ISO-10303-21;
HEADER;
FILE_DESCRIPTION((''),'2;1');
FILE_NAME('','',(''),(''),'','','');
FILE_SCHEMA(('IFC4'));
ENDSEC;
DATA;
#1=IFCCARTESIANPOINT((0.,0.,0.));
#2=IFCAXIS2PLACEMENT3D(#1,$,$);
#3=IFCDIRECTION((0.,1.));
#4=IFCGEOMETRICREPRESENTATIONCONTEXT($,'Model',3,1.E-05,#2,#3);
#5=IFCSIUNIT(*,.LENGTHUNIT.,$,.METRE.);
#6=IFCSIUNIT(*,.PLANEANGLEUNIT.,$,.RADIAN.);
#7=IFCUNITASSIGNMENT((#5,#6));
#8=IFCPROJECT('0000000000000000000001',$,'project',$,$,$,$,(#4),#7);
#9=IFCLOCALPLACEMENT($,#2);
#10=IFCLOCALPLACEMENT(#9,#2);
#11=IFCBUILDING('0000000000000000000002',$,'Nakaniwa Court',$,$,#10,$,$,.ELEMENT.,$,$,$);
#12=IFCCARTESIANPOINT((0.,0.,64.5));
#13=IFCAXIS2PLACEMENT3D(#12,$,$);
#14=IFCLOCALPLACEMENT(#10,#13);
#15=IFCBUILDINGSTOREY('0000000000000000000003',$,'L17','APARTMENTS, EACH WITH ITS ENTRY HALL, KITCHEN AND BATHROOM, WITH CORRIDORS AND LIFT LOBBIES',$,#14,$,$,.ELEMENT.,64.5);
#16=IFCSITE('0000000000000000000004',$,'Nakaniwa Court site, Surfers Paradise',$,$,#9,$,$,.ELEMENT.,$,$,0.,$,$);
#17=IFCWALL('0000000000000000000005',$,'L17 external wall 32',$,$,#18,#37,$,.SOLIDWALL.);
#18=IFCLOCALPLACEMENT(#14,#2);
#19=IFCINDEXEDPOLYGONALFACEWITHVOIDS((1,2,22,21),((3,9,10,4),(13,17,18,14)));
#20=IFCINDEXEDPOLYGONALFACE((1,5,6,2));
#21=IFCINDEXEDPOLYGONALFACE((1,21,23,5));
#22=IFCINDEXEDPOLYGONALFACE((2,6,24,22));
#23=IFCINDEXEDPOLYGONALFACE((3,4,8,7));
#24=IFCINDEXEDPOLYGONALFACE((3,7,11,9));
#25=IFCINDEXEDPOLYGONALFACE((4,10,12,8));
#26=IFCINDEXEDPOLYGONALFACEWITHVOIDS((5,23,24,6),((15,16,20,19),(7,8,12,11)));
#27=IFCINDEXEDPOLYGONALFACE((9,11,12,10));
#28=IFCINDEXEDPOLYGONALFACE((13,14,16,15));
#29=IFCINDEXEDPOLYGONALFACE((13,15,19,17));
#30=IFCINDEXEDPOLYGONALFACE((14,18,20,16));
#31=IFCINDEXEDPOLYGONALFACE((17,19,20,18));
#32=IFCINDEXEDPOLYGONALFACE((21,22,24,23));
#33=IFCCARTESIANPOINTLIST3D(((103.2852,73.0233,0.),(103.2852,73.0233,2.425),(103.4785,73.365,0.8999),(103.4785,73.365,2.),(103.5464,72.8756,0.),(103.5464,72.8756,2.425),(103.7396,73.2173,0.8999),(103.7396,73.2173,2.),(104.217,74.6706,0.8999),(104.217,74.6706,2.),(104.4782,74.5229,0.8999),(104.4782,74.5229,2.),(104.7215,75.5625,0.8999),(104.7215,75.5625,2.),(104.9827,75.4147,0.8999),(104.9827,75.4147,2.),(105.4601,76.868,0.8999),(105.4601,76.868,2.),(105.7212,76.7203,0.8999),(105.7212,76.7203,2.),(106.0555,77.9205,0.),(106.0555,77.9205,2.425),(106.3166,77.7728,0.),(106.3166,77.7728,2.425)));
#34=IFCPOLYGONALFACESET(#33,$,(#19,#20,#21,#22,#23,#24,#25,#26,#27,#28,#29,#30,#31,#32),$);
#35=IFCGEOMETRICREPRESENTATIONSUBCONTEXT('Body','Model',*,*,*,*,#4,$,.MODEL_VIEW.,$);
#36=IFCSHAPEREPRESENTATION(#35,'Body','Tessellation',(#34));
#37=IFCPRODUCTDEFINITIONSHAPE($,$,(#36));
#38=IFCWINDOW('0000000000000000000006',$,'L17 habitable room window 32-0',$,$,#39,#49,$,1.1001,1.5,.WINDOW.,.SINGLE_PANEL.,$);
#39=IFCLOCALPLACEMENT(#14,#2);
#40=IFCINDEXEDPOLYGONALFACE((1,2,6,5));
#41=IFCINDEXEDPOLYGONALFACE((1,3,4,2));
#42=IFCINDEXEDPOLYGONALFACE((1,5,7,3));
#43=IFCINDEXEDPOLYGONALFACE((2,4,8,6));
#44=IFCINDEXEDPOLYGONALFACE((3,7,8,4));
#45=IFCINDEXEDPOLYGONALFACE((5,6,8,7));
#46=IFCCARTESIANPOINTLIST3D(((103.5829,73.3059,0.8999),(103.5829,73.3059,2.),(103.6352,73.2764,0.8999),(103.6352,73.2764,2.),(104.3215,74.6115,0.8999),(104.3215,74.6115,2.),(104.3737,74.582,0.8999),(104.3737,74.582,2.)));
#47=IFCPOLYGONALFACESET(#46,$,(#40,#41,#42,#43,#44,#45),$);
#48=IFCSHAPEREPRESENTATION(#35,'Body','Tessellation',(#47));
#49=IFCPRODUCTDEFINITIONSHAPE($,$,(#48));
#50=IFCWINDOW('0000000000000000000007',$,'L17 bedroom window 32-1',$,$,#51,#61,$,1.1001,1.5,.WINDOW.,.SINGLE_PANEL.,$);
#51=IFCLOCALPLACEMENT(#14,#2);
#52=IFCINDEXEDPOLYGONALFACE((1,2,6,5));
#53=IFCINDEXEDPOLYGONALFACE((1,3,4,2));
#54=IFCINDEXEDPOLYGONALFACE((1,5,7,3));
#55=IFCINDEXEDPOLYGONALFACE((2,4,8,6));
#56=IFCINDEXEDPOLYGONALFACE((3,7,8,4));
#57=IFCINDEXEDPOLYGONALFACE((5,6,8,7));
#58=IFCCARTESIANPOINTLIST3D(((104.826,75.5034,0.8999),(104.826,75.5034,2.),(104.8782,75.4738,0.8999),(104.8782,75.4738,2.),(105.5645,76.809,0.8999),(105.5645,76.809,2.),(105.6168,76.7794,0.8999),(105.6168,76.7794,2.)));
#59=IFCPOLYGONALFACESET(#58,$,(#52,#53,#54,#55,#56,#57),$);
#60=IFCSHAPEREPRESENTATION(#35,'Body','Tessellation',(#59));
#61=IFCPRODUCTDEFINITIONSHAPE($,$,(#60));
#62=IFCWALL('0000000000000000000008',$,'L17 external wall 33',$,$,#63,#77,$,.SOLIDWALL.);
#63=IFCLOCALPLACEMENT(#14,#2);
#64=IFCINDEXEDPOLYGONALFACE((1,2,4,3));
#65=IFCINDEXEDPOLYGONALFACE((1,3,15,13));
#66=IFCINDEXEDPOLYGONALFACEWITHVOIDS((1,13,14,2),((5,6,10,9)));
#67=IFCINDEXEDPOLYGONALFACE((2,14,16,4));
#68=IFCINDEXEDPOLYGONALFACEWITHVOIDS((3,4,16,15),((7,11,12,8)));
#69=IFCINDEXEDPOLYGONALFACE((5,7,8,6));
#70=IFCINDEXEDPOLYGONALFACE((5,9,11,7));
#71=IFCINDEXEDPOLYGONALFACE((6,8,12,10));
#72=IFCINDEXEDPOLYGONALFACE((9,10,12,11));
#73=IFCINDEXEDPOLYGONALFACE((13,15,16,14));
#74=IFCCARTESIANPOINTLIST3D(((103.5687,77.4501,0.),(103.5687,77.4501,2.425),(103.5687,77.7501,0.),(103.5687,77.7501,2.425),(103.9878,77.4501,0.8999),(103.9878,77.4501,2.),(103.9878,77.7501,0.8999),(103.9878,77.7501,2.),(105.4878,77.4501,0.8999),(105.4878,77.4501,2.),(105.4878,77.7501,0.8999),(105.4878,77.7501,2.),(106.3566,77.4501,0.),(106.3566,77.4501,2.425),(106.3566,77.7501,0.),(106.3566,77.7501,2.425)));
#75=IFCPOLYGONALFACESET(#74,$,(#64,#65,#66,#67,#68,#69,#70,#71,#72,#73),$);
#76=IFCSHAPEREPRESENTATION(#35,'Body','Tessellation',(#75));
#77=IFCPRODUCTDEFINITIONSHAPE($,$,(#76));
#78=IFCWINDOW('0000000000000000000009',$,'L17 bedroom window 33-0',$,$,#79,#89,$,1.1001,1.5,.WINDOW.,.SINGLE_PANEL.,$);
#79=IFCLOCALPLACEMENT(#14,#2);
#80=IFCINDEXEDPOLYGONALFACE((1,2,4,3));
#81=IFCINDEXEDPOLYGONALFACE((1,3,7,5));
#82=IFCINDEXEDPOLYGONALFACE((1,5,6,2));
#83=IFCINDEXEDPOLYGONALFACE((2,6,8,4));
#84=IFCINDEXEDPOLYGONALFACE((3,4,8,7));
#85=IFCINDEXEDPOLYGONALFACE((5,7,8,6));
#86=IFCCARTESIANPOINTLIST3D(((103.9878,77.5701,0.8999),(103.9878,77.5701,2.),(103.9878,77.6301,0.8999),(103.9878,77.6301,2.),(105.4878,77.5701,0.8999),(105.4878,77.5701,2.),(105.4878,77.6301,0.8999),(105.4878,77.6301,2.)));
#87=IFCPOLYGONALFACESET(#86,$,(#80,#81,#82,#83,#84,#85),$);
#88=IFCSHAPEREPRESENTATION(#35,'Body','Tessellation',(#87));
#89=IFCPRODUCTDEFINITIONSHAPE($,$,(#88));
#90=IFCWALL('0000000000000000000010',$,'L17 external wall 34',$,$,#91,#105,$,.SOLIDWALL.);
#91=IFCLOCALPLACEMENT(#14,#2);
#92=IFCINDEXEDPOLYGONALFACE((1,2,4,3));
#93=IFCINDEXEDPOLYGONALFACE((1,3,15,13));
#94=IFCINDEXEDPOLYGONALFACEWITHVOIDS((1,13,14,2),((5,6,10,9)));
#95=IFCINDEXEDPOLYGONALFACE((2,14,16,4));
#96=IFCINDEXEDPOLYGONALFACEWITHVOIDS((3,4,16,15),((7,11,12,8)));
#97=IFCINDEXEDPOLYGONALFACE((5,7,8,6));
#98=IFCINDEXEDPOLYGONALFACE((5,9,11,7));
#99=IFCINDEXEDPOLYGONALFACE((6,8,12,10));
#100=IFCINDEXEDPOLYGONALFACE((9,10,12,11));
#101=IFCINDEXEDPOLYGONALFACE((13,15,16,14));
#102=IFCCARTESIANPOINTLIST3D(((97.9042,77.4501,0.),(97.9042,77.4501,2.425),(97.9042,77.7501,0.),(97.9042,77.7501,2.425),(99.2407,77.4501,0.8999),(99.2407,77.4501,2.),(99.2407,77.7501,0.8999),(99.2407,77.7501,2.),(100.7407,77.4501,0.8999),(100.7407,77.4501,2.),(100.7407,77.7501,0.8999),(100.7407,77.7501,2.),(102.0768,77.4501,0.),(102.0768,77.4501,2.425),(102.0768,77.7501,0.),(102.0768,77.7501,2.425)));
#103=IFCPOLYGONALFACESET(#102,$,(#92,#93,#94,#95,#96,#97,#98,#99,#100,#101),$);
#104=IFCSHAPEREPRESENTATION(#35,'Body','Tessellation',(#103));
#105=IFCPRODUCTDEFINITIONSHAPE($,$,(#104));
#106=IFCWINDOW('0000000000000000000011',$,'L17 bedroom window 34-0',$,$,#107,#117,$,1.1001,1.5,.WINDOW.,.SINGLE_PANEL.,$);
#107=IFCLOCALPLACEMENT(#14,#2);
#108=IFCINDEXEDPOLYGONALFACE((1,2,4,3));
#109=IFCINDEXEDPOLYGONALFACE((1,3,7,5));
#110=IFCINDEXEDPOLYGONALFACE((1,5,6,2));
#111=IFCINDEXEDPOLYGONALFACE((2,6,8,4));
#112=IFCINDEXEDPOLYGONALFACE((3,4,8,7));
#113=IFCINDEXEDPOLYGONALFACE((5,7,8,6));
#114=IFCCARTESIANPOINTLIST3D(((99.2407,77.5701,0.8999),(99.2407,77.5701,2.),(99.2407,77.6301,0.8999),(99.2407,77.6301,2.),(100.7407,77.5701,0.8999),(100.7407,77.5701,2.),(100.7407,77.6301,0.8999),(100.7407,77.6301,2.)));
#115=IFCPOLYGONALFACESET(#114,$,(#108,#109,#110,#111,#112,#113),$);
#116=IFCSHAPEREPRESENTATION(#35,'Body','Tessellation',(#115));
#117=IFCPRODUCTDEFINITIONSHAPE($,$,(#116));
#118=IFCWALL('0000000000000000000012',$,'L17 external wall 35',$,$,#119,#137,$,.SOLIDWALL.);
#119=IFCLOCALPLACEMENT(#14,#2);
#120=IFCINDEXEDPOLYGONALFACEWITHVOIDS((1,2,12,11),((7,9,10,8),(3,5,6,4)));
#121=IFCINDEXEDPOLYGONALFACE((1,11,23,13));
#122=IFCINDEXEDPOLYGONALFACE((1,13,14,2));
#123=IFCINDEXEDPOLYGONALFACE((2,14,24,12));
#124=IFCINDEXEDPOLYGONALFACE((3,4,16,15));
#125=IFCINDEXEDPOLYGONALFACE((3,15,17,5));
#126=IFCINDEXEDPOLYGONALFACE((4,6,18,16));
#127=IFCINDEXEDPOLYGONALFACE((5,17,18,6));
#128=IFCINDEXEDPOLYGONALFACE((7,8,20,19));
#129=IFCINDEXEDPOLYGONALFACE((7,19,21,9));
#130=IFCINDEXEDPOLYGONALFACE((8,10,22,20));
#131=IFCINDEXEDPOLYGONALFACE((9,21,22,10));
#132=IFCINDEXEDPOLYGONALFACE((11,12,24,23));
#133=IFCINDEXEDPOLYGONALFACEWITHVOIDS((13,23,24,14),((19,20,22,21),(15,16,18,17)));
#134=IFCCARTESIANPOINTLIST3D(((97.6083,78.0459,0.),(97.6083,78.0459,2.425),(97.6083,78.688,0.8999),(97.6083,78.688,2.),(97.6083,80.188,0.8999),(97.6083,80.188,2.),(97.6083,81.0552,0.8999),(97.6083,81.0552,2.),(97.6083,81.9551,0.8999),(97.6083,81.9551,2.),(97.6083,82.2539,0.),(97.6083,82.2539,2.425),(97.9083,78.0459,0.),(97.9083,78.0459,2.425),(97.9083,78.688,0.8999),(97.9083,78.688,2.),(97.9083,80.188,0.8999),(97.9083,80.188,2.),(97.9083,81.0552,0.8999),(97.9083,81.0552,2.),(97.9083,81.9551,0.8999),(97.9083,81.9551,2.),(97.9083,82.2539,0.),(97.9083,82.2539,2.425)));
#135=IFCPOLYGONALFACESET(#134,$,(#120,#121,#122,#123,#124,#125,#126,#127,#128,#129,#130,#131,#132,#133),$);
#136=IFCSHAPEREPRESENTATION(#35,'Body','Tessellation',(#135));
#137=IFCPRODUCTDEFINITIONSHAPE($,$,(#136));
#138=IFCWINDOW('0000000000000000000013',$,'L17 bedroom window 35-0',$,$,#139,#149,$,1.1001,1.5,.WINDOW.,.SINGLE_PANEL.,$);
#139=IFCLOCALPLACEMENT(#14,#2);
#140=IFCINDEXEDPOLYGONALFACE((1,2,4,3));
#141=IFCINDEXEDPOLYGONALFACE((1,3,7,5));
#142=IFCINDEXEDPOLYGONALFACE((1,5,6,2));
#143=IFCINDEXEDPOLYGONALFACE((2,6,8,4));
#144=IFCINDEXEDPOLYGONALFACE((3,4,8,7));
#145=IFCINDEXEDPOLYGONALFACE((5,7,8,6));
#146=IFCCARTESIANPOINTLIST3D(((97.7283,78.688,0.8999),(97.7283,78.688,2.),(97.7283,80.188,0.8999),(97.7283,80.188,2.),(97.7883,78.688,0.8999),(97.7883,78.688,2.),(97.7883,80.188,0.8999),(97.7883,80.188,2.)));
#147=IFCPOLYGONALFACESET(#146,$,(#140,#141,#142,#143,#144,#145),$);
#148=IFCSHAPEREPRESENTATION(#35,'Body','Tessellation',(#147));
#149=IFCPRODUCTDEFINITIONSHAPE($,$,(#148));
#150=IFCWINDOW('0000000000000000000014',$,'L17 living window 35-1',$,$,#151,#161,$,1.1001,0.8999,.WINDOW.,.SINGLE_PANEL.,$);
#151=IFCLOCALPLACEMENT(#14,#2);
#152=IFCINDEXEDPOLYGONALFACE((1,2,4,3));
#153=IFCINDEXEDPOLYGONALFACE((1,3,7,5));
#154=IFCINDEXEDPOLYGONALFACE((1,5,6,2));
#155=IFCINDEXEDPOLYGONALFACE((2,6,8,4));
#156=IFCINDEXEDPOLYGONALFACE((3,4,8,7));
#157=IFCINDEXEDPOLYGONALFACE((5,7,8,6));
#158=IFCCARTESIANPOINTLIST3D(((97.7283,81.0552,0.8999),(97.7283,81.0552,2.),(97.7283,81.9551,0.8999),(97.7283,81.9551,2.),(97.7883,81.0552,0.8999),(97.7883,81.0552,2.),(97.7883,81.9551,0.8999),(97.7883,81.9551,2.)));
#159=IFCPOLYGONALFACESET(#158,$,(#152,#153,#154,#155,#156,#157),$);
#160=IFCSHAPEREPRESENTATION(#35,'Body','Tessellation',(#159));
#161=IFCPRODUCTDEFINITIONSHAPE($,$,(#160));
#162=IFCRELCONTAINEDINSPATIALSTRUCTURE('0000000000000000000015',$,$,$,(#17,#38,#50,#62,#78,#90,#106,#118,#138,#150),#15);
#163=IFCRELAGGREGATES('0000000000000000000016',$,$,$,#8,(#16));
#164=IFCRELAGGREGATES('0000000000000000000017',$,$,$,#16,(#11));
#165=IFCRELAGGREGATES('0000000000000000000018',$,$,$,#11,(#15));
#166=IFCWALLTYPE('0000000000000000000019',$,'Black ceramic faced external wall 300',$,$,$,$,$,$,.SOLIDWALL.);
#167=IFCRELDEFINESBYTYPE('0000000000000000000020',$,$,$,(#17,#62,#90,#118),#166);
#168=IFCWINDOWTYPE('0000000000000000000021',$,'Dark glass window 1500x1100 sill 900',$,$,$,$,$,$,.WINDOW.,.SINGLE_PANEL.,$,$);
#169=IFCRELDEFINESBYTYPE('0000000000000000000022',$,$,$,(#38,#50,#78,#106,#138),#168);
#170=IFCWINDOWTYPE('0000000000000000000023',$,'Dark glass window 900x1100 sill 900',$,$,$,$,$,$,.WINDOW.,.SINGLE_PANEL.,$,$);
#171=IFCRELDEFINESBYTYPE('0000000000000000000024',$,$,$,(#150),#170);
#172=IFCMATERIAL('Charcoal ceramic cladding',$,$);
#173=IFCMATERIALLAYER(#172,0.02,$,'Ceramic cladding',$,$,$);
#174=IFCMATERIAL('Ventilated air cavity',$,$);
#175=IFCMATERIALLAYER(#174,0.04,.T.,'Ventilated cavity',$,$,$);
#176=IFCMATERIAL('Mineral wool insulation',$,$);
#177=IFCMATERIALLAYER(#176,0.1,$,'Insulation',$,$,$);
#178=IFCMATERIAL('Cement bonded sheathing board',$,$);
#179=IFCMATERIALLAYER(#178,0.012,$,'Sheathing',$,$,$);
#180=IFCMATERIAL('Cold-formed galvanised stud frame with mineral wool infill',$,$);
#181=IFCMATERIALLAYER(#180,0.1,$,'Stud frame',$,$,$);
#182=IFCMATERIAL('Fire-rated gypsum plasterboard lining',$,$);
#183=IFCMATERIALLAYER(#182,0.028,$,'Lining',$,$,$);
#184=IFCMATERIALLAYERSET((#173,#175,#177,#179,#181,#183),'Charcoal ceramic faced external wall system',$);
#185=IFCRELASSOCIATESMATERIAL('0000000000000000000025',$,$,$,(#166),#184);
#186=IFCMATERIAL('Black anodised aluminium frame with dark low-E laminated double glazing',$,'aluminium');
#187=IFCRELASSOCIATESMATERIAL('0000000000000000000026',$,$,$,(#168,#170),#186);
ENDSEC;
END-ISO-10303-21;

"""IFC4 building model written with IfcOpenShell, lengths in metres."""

from ifc_helpers import new_model, si_unit, direction, frame, frame_2d, origin, place, context, subcontext, project, spatial, rectangle, extrude, material, layer, layer_set, type_object, element, fill, save


model = new_model("IFC4")

# Units and contexts
model_context = context("Model", 3, precision=1e-05, world=origin(), true_north=direction((0.0, 1.0)))
body_context = subcontext(model_context, "Body", "Model", "MODEL_VIEW")
ifc_project = project(units=[si_unit("LENGTHUNIT", "METRE"), si_unit("PLANEANGLEUNIT", "RADIAN")], contexts=[model_context])

# Site, building, storey
site_placement = place(None, origin())
site = spatial("IfcSite", under=ifc_project, at=site_placement, Name="Nakaniwa Court site, Surfers Paradise", CompositionType="ELEMENT", RefElevation=0.0)
building_placement = place(site_placement, origin())
building = spatial("IfcBuilding", under=site, at=building_placement, Name="Nakaniwa Court", CompositionType="ELEMENT")
storey_placement = place(building_placement, frame((0.0, 0.0, 64.5)))
storey = spatial("IfcBuildingStorey", under=building, at=storey_placement, Name="L17", Description="APARTMENTS, EACH WITH ITS ENTRY HALL, KITCHEN AND BATHROOM, WITH CORRIDORS AND LIFT LOBBIES", CompositionType="ELEMENT", Elevation=64.5)

# Shared definitions
ifc_material_1 = material(Name="Charcoal ceramic cladding")
ifc_layer_1 = layer(ifc_material_1, 0.02, Name="Ceramic cladding")
ifc_material_2 = material(Name="Ventilated air cavity")
ifc_layer_2 = layer(ifc_material_2, 0.04, ventilated=True, Name="Ventilated cavity")
ifc_material_3 = material(Name="Mineral wool insulation")
ifc_layer_3 = layer(ifc_material_3, 0.1, Name="Insulation")
ifc_material_4 = material(Name="Cement bonded sheathing board")
ifc_layer_4 = layer(ifc_material_4, 0.012, Name="Sheathing")
ifc_material_5 = material(Name="Cold-formed galvanised stud frame with mineral wool infill")
ifc_layer_5 = layer(ifc_material_5, 0.1, Name="Stud frame")
ifc_material_6 = material(Name="Fire-rated gypsum plasterboard lining")
ifc_layer_6 = layer(ifc_material_6, 0.028, Name="Lining")
ifc_layer_set = layer_set([ifc_layer_1, ifc_layer_2, ifc_layer_3, ifc_layer_4, ifc_layer_5, ifc_layer_6], Name="Charcoal ceramic faced external wall system")
wall_type = type_object("IfcWallType", Name="Black ceramic faced external wall 300", PredefinedType="SOLIDWALL", material=ifc_layer_set)
ifc_material_7 = material(Name="Black anodised aluminium frame with dark low-E laminated double glazing", Category="aluminium")

# Wall, openings, windows
window_type_1 = type_object("IfcWindowType", Name="Dark glass window 1500x1100 sill 900", PartitioningType="SINGLE_PANEL", PredefinedType="WINDOW", material=ifc_material_7)
wall_1_placement = place(storey_placement, frame((103.4158, 72.9495, 0.0), z_axis=(0.0, 0.0, 1.0), x_axis=(0.492363, 0.87039, 0.0)))
wall_1 = element("IfcWall", 1, at=wall_1_placement, inside=storey, type_object=wall_type, Name="L17 external wall 32", PredefinedType="SOLIDWALL", context=body_context, shape_type="SweptSolid", body=[
    extrude(rectangle(XDim=5.6265, YDim=0.3, at=frame_2d((2.8132, 0.0))), origin(), (0.0, 0.0, 1.0), 2.425),
])
opening_1_placement = place(wall_1_placement, frame((0.3926, 0.0, 0.8999)))
opening_1 = element("IfcOpeningElement", 2, at=opening_1_placement, cuts=wall_1, PredefinedType="OPENING", context=body_context, shape_type="SweptSolid", body=[
    extrude(rectangle(XDim=1.5, YDim=1.1001, at=frame_2d((0.75, 0.55))), frame((0.0, 0.1599, 0.0), z_axis=(0.0, -1.0, 0.0), x_axis=(1.0, 0.0, 0.0)), (0.0, 0.0, 1.0), 0.3201),
])
opening_2_placement = place(wall_1_placement, frame((2.9172, 0.0, 0.8999)))
opening_2 = element("IfcOpeningElement", 3, at=opening_2_placement, cuts=wall_1, PredefinedType="OPENING", context=body_context, shape_type="SweptSolid", body=[
    extrude(rectangle(XDim=1.5, YDim=1.1001, at=frame_2d((0.75, 0.55))), frame((0.0, 0.1599, 0.0), z_axis=(0.0, -1.0, 0.0), x_axis=(1.0, 0.0, 0.0)), (0.0, 0.0, 1.0), 0.3201),
])
window_1_placement = place(opening_1_placement, origin())
window_1 = element("IfcWindow", 4, at=window_1_placement, inside=storey, type_object=window_type_1, Name="L17 habitable room window 32-0", OverallHeight=1.1001, OverallWidth=1.5, PartitioningType="SINGLE_PANEL", PredefinedType="WINDOW", context=body_context, shape_type="SweptSolid", body=[
    extrude(rectangle(XDim=1.5, YDim=1.1001, at=frame_2d((0.75, 0.55))), frame((0.0, 0.03, 0.0), z_axis=(0.0, -1.0, 0.0), x_axis=(1.0, 0.0, 0.0)), (0.0, 0.0, 1.0), 0.0601),
])
fill(opening_1, window_1)
window_2_placement = place(opening_2_placement, origin())
window_2 = element("IfcWindow", 5, at=window_2_placement, inside=storey, type_object=window_type_1, Name="L17 bedroom window 32-1", OverallHeight=1.1001, OverallWidth=1.5, PartitioningType="SINGLE_PANEL", PredefinedType="WINDOW", context=body_context, shape_type="SweptSolid", body=[
    extrude(rectangle(XDim=1.5, YDim=1.1001, at=frame_2d((0.75, 0.55))), frame((0.0, 0.03, 0.0), z_axis=(0.0, -1.0, 0.0), x_axis=(1.0, 0.0, 0.0)), (0.0, 0.0, 1.0), 0.0601),
])
fill(opening_2, window_2)

# Walls, openings, windows
wall_2_placement = place(storey_placement, frame((106.3567, 77.6001, 0.0), z_axis=(0.0, 0.0, 1.0), x_axis=(-1.0, 0.0, 0.0)))
wall_2 = element("IfcWall", 6, at=wall_2_placement, inside=storey, type_object=wall_type, Name="L17 external wall 33", PredefinedType="SOLIDWALL", context=body_context, shape_type="SweptSolid", body=[
    extrude(rectangle(XDim=2.7878, YDim=0.3, at=frame_2d((1.394, 0.0))), origin(), (0.0, 0.0, 1.0), 2.425),
])
opening_3_placement = place(wall_2_placement, frame((0.8689, 0.0, 0.8999)))
opening_3 = element("IfcOpeningElement", 7, at=opening_3_placement, cuts=wall_2, PredefinedType="OPENING", context=body_context, shape_type="SweptSolid", body=[
    extrude(rectangle(XDim=1.5, YDim=1.1001, at=frame_2d((0.75, 0.55))), frame((0.0, 0.1599, 0.0), z_axis=(0.0, -1.0, 0.0), x_axis=(1.0, 0.0, 0.0)), (0.0, 0.0, 1.0), 0.3201),
])
window_3_placement = place(opening_3_placement, origin())
window_3 = element("IfcWindow", 8, at=window_3_placement, inside=storey, type_object=window_type_1, Name="L17 bedroom window 33-0", OverallHeight=1.1001, OverallWidth=1.5, PartitioningType="SINGLE_PANEL", PredefinedType="WINDOW", context=body_context, shape_type="SweptSolid", body=[
    extrude(rectangle(XDim=1.5, YDim=1.1001, at=frame_2d((0.75, 0.55))), frame((0.0, 0.03, 0.0), z_axis=(0.0, -1.0, 0.0), x_axis=(1.0, 0.0, 0.0)), (0.0, 0.0, 1.0), 0.0601),
])
fill(opening_3, window_3)
wall_3_placement = place(storey_placement, frame((102.0769, 77.6001, 0.0), z_axis=(0.0, 0.0, 1.0), x_axis=(-1.0, 0.0, 0.0)))
wall_3 = element("IfcWall", 9, at=wall_3_placement, inside=storey, type_object=wall_type, Name="L17 external wall 34", PredefinedType="SOLIDWALL", context=body_context, shape_type="SweptSolid", body=[
    extrude(rectangle(XDim=4.1726, YDim=0.3, at=frame_2d((2.0864, 0.0))), origin(), (0.0, 0.0, 1.0), 2.425),
])
opening_4_placement = place(wall_3_placement, frame((1.3362, 0.0, 0.8999)))
opening_4 = element("IfcOpeningElement", 10, at=opening_4_placement, cuts=wall_3, PredefinedType="OPENING", context=body_context, shape_type="SweptSolid", body=[
    extrude(rectangle(XDim=1.5, YDim=1.1001, at=frame_2d((0.75, 0.55))), frame((0.0, 0.1599, 0.0), z_axis=(0.0, -1.0, 0.0), x_axis=(1.0, 0.0, 0.0)), (0.0, 0.0, 1.0), 0.3201),
])
window_4_placement = place(opening_4_placement, origin())
window_4 = element("IfcWindow", 11, at=window_4_placement, inside=storey, type_object=window_type_1, Name="L17 bedroom window 34-0", OverallHeight=1.1001, OverallWidth=1.5, PartitioningType="SINGLE_PANEL", PredefinedType="WINDOW", context=body_context, shape_type="SweptSolid", body=[
    extrude(rectangle(XDim=1.5, YDim=1.1001, at=frame_2d((0.75, 0.55))), frame((0.0, 0.03, 0.0), z_axis=(0.0, -1.0, 0.0), x_axis=(1.0, 0.0, 0.0)), (0.0, 0.0, 1.0), 0.0601),
])
fill(opening_4, window_4)

# Wall, openings, windows
wall_4_placement = place(storey_placement, frame((97.7583, 78.0459, 0.0), z_axis=(0.0, 0.0, 1.0), x_axis=(0.0, 1.0, 0.0)))
wall_4 = element("IfcWall", 12, at=wall_4_placement, inside=storey, type_object=wall_type, Name="L17 external wall 35", PredefinedType="SOLIDWALL", context=body_context, shape_type="SweptSolid", body=[
    extrude(rectangle(XDim=4.208, YDim=0.3, at=frame_2d((2.104, 0.0))), origin(), (0.0, 0.0, 1.0), 2.425),
])
opening_5_placement = place(wall_4_placement, frame((0.6421, 0.0, 0.8999)))
opening_5 = element("IfcOpeningElement", 13, at=opening_5_placement, cuts=wall_4, PredefinedType="OPENING", context=body_context, shape_type="SweptSolid", body=[
    extrude(rectangle(XDim=1.5, YDim=1.1001, at=frame_2d((0.75, 0.55))), frame((0.0, 0.1599, 0.0), z_axis=(0.0, -1.0, 0.0), x_axis=(1.0, 0.0, 0.0)), (0.0, 0.0, 1.0), 0.3201),
])
opening_6_placement = place(wall_4_placement, frame((3.0093, 0.0, 0.8999)))
opening_6 = element("IfcOpeningElement", 14, at=opening_6_placement, cuts=wall_4, PredefinedType="OPENING", context=body_context, shape_type="SweptSolid", body=[
    extrude(rectangle(XDim=0.8999, YDim=1.1001, at=frame_2d((0.45, 0.55))), frame((0.0, 0.1599, 0.0), z_axis=(0.0, -1.0, 0.0), x_axis=(1.0, 0.0, 0.0)), (0.0, 0.0, 1.0), 0.3201),
])
window_5_placement = place(opening_5_placement, origin())
window_5 = element("IfcWindow", 15, at=window_5_placement, inside=storey, type_object=window_type_1, Name="L17 bedroom window 35-0", OverallHeight=1.1001, OverallWidth=1.5, PartitioningType="SINGLE_PANEL", PredefinedType="WINDOW", context=body_context, shape_type="SweptSolid", body=[
    extrude(rectangle(XDim=1.5, YDim=1.1001, at=frame_2d((0.75, 0.55))), frame((0.0, 0.03, 0.0), z_axis=(0.0, -1.0, 0.0), x_axis=(1.0, 0.0, 0.0)), (0.0, 0.0, 1.0), 0.0601),
])
fill(opening_5, window_5)
window_type_2 = type_object("IfcWindowType", Name="Dark glass window 900x1100 sill 900", PartitioningType="SINGLE_PANEL", PredefinedType="WINDOW", material=ifc_material_7)
window_6_placement = place(opening_6_placement, origin())
window_6 = element("IfcWindow", 16, at=window_6_placement, inside=storey, type_object=window_type_2, Name="L17 living window 35-1", OverallHeight=1.1001, OverallWidth=0.8999, PartitioningType="SINGLE_PANEL", PredefinedType="WINDOW", context=body_context, shape_type="SweptSolid", body=[
    extrude(rectangle(XDim=0.8999, YDim=1.1001, at=frame_2d((0.45, 0.55))), frame((0.0, 0.03, 0.0), z_axis=(0.0, -1.0, 0.0), x_axis=(1.0, 0.0, 0.0)), (0.0, 0.0, 1.0), 0.0601),
])
fill(opening_6, window_6)

save(model, "model.ifc")
